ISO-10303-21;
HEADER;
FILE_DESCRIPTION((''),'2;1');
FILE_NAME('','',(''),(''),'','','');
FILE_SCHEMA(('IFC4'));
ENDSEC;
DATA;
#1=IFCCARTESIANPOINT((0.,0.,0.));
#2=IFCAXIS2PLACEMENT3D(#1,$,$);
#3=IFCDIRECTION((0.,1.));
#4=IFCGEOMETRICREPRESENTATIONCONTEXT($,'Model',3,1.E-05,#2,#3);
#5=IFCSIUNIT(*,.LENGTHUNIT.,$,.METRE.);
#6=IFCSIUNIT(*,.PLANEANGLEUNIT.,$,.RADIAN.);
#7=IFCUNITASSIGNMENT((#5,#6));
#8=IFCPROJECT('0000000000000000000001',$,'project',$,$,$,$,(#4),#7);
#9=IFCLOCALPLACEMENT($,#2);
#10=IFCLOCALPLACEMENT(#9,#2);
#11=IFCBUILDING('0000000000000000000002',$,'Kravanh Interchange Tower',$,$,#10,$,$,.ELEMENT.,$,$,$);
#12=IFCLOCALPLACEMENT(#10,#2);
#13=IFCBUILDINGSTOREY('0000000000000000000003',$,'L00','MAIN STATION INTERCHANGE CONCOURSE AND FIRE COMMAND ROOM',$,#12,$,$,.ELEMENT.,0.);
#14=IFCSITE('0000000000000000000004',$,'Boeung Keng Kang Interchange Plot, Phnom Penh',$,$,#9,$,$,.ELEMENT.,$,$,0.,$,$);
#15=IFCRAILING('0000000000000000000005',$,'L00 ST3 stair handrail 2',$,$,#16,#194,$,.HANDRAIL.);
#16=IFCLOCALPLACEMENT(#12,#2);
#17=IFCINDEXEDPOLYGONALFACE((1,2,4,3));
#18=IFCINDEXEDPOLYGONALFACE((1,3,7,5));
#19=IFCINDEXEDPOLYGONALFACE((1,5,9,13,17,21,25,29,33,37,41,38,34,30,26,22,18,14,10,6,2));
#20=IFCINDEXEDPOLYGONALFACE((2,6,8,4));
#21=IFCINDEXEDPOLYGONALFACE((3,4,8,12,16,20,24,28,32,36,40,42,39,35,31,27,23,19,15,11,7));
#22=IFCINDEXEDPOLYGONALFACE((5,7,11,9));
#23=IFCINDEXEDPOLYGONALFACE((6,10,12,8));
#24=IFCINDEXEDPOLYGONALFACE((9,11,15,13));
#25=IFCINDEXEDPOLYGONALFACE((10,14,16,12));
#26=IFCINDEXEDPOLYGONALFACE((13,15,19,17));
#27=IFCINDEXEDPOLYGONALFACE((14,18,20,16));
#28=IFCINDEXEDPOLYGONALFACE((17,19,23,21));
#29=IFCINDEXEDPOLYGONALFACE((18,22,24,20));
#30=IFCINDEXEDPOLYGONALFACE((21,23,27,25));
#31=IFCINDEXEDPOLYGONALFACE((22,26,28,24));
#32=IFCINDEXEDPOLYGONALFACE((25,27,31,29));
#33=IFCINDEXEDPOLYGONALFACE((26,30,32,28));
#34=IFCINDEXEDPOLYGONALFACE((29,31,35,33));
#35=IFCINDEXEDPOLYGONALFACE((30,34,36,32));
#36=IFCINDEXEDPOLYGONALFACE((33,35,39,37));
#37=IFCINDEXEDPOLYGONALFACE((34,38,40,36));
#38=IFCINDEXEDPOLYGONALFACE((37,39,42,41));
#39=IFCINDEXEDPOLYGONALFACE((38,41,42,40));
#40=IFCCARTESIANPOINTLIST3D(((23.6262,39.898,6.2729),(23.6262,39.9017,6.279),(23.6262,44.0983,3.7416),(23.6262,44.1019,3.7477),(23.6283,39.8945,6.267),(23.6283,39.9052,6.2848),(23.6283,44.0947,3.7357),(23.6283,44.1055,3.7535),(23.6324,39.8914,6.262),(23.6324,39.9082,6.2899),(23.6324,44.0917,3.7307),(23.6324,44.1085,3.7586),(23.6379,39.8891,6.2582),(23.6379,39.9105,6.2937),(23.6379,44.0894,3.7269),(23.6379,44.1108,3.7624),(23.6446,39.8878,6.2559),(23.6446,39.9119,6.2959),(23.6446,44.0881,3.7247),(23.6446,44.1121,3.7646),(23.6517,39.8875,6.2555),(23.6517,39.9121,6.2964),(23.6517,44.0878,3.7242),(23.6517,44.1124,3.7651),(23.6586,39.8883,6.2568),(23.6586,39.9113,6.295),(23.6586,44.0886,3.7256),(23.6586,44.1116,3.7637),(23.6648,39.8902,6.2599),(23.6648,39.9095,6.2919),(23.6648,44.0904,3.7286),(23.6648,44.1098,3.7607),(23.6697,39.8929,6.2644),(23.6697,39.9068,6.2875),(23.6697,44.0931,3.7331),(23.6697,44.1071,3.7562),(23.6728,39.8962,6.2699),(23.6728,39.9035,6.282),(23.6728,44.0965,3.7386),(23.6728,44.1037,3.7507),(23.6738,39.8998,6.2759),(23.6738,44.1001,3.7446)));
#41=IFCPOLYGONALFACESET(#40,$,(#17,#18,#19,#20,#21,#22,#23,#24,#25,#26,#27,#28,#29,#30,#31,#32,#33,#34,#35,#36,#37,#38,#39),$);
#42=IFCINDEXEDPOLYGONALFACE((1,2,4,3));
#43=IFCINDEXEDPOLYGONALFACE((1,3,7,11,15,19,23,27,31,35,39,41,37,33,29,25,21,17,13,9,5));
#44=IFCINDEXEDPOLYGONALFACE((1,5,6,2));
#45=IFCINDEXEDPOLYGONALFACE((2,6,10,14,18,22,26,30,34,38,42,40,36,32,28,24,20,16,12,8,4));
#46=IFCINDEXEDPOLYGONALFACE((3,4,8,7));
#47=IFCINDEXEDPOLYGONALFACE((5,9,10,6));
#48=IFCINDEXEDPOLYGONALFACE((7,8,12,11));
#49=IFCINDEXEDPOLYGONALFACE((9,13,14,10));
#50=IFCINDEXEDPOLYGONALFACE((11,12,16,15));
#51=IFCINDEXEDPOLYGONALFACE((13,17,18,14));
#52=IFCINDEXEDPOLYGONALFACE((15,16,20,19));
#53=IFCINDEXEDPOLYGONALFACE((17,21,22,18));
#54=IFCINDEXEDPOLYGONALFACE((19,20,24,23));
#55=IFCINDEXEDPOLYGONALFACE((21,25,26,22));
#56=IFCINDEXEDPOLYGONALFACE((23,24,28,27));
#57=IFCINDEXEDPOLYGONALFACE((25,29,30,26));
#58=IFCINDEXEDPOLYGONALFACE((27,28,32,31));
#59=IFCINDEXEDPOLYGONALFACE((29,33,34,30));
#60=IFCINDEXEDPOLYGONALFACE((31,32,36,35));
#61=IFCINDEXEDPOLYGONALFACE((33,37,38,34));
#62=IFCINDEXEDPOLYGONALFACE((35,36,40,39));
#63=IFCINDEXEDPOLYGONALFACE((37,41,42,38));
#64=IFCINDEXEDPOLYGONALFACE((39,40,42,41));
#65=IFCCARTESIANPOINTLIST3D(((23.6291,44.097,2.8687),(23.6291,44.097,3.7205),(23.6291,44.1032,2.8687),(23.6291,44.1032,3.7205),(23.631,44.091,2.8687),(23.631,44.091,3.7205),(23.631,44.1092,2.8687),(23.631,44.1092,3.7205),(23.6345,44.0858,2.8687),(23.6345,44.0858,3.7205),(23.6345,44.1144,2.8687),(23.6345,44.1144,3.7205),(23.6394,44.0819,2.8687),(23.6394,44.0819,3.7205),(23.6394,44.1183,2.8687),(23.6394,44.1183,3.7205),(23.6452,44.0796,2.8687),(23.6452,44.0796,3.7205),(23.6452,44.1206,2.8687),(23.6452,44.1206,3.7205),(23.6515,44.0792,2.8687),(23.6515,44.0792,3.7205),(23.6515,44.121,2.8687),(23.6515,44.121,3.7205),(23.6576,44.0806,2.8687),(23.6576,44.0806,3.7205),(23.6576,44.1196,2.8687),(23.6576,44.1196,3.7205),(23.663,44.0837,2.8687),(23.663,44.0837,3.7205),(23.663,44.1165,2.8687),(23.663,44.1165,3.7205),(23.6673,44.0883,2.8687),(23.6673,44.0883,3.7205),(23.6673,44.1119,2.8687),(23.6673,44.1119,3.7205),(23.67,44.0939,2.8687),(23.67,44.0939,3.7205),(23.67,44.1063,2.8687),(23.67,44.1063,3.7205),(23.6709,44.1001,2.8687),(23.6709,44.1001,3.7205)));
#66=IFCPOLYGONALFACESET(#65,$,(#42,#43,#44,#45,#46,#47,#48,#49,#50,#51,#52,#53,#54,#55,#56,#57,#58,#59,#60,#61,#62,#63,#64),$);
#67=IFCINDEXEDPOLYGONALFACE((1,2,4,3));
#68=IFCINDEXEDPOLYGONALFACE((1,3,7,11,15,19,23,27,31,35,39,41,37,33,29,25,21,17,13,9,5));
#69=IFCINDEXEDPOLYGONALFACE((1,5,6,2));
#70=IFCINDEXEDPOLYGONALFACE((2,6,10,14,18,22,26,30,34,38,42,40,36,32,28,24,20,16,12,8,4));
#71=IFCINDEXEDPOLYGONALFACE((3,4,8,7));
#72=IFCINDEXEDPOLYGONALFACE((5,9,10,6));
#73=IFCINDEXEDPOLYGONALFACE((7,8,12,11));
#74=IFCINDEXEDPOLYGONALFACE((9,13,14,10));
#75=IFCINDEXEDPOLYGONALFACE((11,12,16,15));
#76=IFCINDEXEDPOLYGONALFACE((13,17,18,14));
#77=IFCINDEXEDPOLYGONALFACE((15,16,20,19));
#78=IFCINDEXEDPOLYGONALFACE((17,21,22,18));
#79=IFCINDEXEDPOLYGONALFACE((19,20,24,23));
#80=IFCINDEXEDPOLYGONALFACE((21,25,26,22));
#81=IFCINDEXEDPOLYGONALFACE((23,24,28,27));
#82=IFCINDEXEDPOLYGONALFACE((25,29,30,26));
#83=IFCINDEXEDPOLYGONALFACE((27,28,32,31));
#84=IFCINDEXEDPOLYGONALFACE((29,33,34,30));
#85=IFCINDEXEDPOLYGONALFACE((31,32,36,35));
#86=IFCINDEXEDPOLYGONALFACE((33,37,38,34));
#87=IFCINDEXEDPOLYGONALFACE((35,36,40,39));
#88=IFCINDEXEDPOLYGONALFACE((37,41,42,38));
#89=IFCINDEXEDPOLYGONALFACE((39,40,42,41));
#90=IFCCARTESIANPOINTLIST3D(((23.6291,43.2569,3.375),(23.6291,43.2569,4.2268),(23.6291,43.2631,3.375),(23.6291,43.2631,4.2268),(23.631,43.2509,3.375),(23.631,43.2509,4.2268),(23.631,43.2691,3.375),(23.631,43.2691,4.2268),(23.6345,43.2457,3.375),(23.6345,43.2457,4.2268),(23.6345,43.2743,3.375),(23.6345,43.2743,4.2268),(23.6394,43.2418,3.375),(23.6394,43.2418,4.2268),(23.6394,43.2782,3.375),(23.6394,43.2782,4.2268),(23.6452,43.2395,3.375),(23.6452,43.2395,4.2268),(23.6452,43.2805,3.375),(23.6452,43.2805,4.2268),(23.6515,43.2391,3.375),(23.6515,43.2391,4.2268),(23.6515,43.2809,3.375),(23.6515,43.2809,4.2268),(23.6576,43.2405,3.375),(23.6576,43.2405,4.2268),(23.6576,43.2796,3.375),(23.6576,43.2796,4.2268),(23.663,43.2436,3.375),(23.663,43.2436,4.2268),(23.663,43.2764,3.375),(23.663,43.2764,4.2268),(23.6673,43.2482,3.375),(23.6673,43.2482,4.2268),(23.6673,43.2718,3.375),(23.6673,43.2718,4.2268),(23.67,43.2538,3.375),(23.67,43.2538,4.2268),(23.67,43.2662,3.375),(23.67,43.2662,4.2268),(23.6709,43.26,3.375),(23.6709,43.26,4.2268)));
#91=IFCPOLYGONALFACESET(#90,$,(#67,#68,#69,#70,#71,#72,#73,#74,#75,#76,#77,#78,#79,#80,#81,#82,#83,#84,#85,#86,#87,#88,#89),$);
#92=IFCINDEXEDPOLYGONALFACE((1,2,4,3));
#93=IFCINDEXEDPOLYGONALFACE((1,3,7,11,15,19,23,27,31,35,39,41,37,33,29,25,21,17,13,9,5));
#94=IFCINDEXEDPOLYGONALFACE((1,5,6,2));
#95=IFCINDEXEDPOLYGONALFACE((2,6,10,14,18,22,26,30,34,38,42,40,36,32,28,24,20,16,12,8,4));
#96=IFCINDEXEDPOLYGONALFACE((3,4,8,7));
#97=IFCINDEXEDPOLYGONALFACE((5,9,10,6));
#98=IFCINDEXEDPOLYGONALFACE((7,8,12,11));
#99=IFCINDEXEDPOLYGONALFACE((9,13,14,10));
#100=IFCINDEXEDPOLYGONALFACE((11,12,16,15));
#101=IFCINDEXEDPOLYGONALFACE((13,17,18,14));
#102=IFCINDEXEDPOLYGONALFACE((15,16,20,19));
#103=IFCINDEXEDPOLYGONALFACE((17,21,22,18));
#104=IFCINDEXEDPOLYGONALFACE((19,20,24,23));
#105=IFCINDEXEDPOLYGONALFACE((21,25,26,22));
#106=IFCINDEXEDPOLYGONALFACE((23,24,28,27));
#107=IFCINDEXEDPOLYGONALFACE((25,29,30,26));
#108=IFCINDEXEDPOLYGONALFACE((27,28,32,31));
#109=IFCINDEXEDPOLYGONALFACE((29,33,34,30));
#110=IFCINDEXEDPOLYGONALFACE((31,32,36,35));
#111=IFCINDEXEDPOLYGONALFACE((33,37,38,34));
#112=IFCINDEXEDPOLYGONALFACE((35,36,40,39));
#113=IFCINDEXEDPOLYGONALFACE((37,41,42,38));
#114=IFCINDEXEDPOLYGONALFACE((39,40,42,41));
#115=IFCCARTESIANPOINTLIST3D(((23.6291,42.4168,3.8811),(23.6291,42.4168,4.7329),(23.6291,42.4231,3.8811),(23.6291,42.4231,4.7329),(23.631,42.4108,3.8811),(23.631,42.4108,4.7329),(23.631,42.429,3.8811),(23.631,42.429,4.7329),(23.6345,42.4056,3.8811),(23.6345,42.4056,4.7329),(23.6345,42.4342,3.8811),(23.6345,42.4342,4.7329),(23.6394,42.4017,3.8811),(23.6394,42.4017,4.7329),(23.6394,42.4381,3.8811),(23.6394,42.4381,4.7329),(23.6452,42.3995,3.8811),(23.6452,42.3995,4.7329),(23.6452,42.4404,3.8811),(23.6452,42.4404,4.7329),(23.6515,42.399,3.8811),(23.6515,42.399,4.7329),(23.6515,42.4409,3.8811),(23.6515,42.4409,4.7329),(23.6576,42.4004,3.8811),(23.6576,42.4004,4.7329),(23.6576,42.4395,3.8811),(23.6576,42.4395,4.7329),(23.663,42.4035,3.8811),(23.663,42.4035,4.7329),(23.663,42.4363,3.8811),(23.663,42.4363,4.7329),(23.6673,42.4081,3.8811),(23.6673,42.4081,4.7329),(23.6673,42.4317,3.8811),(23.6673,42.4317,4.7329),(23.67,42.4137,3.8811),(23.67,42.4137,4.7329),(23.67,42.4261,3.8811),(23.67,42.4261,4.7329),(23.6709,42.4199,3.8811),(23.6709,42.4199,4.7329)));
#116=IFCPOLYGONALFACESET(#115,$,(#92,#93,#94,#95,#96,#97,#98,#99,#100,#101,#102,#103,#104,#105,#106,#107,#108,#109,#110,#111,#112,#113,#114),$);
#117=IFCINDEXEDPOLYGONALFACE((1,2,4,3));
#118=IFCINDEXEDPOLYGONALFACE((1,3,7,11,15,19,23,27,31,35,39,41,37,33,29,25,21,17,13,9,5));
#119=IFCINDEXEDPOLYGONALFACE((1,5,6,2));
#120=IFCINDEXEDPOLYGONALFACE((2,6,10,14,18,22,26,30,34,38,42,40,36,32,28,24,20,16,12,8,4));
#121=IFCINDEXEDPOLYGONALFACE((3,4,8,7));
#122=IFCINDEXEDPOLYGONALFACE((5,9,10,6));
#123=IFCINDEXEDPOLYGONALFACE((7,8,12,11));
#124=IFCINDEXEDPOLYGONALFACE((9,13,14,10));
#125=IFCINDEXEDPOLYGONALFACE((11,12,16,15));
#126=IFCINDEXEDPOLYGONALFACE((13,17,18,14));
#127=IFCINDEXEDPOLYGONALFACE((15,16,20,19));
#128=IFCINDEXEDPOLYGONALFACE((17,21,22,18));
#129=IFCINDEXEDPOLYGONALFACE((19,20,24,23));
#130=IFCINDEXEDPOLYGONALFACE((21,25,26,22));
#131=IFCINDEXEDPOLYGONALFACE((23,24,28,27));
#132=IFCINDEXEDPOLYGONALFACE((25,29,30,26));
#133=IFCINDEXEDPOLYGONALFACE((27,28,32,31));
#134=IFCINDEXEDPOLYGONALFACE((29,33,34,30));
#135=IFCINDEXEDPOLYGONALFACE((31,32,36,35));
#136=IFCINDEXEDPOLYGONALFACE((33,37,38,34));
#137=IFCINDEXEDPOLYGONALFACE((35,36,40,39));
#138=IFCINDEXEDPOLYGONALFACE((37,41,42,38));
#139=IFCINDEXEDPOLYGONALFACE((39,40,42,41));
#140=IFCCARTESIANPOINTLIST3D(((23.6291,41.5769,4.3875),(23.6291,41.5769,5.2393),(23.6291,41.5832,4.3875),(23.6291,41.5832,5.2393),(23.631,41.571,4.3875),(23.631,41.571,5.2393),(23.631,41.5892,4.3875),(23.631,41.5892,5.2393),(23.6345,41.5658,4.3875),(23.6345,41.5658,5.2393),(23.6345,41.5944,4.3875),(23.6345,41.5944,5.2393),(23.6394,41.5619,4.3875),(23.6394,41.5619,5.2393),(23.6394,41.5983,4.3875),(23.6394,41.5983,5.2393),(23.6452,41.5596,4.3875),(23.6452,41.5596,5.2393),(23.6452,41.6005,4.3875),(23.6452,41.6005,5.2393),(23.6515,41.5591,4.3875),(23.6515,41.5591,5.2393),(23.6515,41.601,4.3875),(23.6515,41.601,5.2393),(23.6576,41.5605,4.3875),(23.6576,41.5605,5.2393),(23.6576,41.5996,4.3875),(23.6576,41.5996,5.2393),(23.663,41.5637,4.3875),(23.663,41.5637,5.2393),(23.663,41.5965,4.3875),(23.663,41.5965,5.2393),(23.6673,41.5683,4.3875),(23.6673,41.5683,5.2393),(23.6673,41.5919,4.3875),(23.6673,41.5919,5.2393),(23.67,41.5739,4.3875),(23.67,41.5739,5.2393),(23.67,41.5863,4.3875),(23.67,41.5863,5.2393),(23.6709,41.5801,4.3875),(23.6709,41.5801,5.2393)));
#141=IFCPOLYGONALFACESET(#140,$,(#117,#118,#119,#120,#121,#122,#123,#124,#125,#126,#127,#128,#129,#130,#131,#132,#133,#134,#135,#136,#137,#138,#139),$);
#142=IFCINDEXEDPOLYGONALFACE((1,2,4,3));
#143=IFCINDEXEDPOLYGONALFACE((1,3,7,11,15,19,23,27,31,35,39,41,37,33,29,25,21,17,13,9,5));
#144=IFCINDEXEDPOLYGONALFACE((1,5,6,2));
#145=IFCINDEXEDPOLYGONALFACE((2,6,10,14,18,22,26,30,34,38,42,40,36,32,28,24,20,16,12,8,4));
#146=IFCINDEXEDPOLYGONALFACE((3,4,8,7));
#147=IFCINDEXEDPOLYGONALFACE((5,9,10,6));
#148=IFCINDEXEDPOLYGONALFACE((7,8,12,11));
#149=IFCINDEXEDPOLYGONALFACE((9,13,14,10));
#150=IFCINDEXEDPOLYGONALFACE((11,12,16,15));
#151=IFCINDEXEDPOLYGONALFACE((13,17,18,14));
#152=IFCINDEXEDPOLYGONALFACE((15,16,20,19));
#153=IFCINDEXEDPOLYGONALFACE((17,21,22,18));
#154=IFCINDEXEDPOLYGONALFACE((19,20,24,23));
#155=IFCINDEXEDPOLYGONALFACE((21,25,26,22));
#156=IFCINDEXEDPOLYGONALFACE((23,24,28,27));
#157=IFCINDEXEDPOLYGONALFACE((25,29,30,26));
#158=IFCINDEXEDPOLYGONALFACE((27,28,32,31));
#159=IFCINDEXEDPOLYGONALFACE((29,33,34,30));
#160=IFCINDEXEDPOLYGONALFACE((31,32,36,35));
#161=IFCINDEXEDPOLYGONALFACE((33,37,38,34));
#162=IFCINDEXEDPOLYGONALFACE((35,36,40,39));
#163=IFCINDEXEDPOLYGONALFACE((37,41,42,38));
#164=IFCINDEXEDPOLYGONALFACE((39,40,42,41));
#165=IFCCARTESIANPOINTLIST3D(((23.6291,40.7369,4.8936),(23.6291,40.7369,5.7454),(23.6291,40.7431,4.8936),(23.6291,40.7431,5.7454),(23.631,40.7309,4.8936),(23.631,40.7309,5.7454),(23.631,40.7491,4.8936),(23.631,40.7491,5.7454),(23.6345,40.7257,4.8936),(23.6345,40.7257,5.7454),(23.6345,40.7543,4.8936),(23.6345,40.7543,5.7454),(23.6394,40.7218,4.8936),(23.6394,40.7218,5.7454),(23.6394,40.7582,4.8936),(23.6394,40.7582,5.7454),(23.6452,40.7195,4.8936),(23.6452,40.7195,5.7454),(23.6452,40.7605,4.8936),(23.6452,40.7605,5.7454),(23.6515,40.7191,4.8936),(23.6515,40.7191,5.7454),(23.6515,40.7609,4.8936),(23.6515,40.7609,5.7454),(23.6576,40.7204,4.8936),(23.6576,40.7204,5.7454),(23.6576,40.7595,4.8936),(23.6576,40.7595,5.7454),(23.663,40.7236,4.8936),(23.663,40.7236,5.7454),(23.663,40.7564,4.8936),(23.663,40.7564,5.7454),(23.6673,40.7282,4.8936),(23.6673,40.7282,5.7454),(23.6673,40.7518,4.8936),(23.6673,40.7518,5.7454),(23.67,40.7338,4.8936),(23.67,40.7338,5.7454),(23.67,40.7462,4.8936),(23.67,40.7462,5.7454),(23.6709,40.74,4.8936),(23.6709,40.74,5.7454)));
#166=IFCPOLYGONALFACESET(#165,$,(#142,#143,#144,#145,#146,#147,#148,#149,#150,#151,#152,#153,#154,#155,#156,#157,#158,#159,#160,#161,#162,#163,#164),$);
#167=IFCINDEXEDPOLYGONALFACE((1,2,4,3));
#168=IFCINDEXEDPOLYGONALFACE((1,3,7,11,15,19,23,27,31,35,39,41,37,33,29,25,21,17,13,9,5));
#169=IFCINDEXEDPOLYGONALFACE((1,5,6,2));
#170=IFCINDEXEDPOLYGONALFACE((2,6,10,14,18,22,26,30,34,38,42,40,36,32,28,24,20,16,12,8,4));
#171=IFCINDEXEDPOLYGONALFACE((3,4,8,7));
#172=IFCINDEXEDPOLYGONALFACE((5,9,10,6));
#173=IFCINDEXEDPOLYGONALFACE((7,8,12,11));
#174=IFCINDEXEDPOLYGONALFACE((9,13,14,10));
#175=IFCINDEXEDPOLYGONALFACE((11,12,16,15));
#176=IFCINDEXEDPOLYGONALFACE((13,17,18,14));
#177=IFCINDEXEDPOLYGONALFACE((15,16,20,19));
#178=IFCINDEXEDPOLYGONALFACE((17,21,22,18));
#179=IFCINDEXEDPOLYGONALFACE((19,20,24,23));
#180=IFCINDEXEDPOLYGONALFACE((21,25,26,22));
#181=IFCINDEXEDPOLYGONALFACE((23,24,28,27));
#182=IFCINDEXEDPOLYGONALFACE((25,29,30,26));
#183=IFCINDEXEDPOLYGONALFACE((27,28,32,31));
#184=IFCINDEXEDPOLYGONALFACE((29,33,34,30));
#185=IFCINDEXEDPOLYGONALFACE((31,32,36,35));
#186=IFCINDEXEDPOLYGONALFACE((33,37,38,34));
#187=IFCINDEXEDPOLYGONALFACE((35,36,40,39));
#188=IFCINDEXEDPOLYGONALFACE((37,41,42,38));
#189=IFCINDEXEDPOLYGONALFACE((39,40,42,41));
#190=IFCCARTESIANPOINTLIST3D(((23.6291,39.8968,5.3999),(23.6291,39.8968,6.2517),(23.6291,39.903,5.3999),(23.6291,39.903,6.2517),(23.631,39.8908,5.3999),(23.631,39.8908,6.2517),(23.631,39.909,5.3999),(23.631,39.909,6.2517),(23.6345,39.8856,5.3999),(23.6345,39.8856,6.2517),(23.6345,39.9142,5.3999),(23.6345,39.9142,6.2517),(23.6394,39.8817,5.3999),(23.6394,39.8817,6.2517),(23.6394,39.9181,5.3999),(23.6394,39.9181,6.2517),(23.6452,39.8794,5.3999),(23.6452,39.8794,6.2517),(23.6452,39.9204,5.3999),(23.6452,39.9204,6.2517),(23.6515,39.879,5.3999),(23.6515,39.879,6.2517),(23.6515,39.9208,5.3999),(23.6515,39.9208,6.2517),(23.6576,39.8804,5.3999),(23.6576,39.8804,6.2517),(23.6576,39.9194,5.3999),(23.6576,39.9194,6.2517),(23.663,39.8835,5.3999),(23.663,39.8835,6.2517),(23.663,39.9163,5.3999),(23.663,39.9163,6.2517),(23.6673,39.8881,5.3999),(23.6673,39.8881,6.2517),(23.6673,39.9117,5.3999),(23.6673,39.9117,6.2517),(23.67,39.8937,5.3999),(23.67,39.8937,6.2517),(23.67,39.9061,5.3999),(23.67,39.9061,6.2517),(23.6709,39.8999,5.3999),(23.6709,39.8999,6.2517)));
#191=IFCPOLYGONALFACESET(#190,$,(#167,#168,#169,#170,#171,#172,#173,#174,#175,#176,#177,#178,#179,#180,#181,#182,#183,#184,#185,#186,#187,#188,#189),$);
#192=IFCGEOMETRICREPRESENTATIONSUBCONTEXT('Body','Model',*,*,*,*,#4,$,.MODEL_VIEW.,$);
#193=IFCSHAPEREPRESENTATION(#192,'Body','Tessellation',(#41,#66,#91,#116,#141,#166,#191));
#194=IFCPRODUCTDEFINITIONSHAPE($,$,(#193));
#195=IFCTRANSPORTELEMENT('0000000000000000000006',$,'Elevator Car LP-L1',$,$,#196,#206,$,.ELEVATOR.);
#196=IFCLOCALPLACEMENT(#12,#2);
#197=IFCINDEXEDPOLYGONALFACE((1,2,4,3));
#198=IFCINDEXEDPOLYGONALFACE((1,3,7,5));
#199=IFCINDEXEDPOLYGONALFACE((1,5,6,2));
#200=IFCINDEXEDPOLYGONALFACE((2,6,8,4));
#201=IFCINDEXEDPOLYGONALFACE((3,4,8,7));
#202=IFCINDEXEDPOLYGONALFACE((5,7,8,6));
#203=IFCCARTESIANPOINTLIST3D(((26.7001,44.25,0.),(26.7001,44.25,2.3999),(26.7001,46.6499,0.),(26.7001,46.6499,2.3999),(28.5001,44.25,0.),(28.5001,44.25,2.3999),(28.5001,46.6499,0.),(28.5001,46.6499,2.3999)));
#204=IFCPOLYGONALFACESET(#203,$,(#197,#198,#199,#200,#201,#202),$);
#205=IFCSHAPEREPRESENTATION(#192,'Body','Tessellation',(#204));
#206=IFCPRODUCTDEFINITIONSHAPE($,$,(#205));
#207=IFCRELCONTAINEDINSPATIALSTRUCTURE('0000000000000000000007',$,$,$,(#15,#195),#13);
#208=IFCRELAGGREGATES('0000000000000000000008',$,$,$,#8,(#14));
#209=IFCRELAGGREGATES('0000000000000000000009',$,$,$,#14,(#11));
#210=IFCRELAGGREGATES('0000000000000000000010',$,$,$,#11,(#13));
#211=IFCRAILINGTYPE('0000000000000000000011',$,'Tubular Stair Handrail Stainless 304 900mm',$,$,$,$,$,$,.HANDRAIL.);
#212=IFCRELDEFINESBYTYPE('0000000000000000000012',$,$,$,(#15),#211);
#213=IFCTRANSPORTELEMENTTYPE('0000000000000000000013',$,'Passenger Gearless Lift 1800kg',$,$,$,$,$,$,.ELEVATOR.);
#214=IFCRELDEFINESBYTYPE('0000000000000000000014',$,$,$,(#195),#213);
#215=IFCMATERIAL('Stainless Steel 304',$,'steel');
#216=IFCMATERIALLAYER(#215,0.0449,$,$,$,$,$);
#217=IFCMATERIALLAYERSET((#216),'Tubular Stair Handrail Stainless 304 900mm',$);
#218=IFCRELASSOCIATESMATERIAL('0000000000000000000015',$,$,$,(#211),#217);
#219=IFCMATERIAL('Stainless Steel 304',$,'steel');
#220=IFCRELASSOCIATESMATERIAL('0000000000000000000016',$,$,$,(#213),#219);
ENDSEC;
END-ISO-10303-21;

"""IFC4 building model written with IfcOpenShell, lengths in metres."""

from ifc_helpers import new_model, si_unit, direction, frame, origin, origin_2d, place, context, subcontext, project, spatial, rectangle, circle, extrude, material, layer, layer_set, type_object, element, save


model = new_model("IFC4")

# Units and contexts
model_context = context("Model", 3, precision=1e-05, world=origin(), true_north=direction((0.0, 1.0)))
body_context = subcontext(model_context, "Body", "Model", "MODEL_VIEW")
ifc_project = project(units=[si_unit("LENGTHUNIT", "METRE"), si_unit("PLANEANGLEUNIT", "RADIAN")], contexts=[model_context])

# Site, building, storey
site_placement = place(None, origin())
site = spatial("IfcSite", under=ifc_project, at=site_placement, Name="Boeung Keng Kang Interchange Plot, Phnom Penh", CompositionType="ELEMENT", RefElevation=0.0)
building_placement = place(site_placement, origin())
building = spatial("IfcBuilding", under=site, at=building_placement, Name="Kravanh Interchange Tower", CompositionType="ELEMENT")
storey_placement = place(building_placement, origin())
storey = spatial("IfcBuildingStorey", under=building, at=storey_placement, Name="L00", Description="MAIN STATION INTERCHANGE CONCOURSE AND FIRE COMMAND ROOM", CompositionType="ELEMENT", Elevation=0.0)

# Railing
ifc_material_1 = material(Name="Stainless Steel 304", Category="steel")
ifc_layer_1 = layer(ifc_material_1, 0.0449)
ifc_layer_set_1 = layer_set([ifc_layer_1], Name="Tubular Stair Handrail Stainless 304 900mm")
railing_type_1 = type_object("IfcRailingType", Name="Tubular Stair Handrail Stainless 304 900mm", PredefinedType="HANDRAIL", material=ifc_layer_set_1)
railing_1_placement = place(storey_placement, frame((23.6499, 44.1001, 2.8687)))
element("IfcRailing", 1, at=railing_1_placement, inside=storey, type_object=railing_type_1, Name="L00 ST3 stair handrail 2", PredefinedType="HANDRAIL", context=body_context, shape_type="SweptSolid", body=[
    extrude(circle(Radius=0.0239, at=origin_2d()), frame((0.0, 0.0, 0.876), z_axis=(0.0, -0.85649, 0.516164), x_axis=(1.0, 0.0, 0.0)), (0.0, 0.0, 1.0), 4.9041),
    extrude(circle(Radius=0.021, at=origin_2d()), origin(), (0.0, 0.0, 1.0), 0.8518),
    extrude(circle(Radius=0.021, at=origin_2d()), frame((0.0, -0.8401, 0.5063)), (0.0, 0.0, 1.0), 0.8518),
    extrude(circle(Radius=0.021, at=origin_2d()), frame((0.0, -1.6802, 1.0125)), (0.0, 0.0, 1.0), 0.8518),
    extrude(circle(Radius=0.021, at=origin_2d()), frame((0.0, -2.52, 1.5188)), (0.0, 0.0, 1.0), 0.8518),
    extrude(circle(Radius=0.021, at=origin_2d()), frame((0.0, -3.3601, 2.0249)), (0.0, 0.0, 1.0), 0.8518),
    extrude(circle(Radius=0.021, at=origin_2d()), frame((0.0, -4.2002, 2.5312)), (0.0, 0.0, 1.0), 0.8518),
])

# Transport element
ifc_material_2 = material(Name="Stainless Steel 304", Category="steel")
transport_element_type = type_object("IfcTransportElementType", Name="Passenger Gearless Lift 1800kg", PredefinedType="ELEVATOR", material=ifc_material_2)
for number, where, z_axis, x_axis, name in (
    (2, (27.6001, 45.45, 0.0), (0.0, 0.0, 1.0), (1.0, 0.0, 0.0), "Elevator Car LP-L1"),
):
    element("IfcTransportElement", number, at=place(storey_placement, frame(where, z_axis=z_axis, x_axis=x_axis)), inside=storey, type_object=transport_element_type, Name=name, PredefinedType="ELEVATOR", context=body_context, shape_type="SweptSolid", body=[
        extrude(rectangle(XDim=1.8, YDim=2.3999, at=origin_2d()), origin(), (0.0, 0.0, 1.0), 2.3999),
    ])

save(model, "model.ifc")
